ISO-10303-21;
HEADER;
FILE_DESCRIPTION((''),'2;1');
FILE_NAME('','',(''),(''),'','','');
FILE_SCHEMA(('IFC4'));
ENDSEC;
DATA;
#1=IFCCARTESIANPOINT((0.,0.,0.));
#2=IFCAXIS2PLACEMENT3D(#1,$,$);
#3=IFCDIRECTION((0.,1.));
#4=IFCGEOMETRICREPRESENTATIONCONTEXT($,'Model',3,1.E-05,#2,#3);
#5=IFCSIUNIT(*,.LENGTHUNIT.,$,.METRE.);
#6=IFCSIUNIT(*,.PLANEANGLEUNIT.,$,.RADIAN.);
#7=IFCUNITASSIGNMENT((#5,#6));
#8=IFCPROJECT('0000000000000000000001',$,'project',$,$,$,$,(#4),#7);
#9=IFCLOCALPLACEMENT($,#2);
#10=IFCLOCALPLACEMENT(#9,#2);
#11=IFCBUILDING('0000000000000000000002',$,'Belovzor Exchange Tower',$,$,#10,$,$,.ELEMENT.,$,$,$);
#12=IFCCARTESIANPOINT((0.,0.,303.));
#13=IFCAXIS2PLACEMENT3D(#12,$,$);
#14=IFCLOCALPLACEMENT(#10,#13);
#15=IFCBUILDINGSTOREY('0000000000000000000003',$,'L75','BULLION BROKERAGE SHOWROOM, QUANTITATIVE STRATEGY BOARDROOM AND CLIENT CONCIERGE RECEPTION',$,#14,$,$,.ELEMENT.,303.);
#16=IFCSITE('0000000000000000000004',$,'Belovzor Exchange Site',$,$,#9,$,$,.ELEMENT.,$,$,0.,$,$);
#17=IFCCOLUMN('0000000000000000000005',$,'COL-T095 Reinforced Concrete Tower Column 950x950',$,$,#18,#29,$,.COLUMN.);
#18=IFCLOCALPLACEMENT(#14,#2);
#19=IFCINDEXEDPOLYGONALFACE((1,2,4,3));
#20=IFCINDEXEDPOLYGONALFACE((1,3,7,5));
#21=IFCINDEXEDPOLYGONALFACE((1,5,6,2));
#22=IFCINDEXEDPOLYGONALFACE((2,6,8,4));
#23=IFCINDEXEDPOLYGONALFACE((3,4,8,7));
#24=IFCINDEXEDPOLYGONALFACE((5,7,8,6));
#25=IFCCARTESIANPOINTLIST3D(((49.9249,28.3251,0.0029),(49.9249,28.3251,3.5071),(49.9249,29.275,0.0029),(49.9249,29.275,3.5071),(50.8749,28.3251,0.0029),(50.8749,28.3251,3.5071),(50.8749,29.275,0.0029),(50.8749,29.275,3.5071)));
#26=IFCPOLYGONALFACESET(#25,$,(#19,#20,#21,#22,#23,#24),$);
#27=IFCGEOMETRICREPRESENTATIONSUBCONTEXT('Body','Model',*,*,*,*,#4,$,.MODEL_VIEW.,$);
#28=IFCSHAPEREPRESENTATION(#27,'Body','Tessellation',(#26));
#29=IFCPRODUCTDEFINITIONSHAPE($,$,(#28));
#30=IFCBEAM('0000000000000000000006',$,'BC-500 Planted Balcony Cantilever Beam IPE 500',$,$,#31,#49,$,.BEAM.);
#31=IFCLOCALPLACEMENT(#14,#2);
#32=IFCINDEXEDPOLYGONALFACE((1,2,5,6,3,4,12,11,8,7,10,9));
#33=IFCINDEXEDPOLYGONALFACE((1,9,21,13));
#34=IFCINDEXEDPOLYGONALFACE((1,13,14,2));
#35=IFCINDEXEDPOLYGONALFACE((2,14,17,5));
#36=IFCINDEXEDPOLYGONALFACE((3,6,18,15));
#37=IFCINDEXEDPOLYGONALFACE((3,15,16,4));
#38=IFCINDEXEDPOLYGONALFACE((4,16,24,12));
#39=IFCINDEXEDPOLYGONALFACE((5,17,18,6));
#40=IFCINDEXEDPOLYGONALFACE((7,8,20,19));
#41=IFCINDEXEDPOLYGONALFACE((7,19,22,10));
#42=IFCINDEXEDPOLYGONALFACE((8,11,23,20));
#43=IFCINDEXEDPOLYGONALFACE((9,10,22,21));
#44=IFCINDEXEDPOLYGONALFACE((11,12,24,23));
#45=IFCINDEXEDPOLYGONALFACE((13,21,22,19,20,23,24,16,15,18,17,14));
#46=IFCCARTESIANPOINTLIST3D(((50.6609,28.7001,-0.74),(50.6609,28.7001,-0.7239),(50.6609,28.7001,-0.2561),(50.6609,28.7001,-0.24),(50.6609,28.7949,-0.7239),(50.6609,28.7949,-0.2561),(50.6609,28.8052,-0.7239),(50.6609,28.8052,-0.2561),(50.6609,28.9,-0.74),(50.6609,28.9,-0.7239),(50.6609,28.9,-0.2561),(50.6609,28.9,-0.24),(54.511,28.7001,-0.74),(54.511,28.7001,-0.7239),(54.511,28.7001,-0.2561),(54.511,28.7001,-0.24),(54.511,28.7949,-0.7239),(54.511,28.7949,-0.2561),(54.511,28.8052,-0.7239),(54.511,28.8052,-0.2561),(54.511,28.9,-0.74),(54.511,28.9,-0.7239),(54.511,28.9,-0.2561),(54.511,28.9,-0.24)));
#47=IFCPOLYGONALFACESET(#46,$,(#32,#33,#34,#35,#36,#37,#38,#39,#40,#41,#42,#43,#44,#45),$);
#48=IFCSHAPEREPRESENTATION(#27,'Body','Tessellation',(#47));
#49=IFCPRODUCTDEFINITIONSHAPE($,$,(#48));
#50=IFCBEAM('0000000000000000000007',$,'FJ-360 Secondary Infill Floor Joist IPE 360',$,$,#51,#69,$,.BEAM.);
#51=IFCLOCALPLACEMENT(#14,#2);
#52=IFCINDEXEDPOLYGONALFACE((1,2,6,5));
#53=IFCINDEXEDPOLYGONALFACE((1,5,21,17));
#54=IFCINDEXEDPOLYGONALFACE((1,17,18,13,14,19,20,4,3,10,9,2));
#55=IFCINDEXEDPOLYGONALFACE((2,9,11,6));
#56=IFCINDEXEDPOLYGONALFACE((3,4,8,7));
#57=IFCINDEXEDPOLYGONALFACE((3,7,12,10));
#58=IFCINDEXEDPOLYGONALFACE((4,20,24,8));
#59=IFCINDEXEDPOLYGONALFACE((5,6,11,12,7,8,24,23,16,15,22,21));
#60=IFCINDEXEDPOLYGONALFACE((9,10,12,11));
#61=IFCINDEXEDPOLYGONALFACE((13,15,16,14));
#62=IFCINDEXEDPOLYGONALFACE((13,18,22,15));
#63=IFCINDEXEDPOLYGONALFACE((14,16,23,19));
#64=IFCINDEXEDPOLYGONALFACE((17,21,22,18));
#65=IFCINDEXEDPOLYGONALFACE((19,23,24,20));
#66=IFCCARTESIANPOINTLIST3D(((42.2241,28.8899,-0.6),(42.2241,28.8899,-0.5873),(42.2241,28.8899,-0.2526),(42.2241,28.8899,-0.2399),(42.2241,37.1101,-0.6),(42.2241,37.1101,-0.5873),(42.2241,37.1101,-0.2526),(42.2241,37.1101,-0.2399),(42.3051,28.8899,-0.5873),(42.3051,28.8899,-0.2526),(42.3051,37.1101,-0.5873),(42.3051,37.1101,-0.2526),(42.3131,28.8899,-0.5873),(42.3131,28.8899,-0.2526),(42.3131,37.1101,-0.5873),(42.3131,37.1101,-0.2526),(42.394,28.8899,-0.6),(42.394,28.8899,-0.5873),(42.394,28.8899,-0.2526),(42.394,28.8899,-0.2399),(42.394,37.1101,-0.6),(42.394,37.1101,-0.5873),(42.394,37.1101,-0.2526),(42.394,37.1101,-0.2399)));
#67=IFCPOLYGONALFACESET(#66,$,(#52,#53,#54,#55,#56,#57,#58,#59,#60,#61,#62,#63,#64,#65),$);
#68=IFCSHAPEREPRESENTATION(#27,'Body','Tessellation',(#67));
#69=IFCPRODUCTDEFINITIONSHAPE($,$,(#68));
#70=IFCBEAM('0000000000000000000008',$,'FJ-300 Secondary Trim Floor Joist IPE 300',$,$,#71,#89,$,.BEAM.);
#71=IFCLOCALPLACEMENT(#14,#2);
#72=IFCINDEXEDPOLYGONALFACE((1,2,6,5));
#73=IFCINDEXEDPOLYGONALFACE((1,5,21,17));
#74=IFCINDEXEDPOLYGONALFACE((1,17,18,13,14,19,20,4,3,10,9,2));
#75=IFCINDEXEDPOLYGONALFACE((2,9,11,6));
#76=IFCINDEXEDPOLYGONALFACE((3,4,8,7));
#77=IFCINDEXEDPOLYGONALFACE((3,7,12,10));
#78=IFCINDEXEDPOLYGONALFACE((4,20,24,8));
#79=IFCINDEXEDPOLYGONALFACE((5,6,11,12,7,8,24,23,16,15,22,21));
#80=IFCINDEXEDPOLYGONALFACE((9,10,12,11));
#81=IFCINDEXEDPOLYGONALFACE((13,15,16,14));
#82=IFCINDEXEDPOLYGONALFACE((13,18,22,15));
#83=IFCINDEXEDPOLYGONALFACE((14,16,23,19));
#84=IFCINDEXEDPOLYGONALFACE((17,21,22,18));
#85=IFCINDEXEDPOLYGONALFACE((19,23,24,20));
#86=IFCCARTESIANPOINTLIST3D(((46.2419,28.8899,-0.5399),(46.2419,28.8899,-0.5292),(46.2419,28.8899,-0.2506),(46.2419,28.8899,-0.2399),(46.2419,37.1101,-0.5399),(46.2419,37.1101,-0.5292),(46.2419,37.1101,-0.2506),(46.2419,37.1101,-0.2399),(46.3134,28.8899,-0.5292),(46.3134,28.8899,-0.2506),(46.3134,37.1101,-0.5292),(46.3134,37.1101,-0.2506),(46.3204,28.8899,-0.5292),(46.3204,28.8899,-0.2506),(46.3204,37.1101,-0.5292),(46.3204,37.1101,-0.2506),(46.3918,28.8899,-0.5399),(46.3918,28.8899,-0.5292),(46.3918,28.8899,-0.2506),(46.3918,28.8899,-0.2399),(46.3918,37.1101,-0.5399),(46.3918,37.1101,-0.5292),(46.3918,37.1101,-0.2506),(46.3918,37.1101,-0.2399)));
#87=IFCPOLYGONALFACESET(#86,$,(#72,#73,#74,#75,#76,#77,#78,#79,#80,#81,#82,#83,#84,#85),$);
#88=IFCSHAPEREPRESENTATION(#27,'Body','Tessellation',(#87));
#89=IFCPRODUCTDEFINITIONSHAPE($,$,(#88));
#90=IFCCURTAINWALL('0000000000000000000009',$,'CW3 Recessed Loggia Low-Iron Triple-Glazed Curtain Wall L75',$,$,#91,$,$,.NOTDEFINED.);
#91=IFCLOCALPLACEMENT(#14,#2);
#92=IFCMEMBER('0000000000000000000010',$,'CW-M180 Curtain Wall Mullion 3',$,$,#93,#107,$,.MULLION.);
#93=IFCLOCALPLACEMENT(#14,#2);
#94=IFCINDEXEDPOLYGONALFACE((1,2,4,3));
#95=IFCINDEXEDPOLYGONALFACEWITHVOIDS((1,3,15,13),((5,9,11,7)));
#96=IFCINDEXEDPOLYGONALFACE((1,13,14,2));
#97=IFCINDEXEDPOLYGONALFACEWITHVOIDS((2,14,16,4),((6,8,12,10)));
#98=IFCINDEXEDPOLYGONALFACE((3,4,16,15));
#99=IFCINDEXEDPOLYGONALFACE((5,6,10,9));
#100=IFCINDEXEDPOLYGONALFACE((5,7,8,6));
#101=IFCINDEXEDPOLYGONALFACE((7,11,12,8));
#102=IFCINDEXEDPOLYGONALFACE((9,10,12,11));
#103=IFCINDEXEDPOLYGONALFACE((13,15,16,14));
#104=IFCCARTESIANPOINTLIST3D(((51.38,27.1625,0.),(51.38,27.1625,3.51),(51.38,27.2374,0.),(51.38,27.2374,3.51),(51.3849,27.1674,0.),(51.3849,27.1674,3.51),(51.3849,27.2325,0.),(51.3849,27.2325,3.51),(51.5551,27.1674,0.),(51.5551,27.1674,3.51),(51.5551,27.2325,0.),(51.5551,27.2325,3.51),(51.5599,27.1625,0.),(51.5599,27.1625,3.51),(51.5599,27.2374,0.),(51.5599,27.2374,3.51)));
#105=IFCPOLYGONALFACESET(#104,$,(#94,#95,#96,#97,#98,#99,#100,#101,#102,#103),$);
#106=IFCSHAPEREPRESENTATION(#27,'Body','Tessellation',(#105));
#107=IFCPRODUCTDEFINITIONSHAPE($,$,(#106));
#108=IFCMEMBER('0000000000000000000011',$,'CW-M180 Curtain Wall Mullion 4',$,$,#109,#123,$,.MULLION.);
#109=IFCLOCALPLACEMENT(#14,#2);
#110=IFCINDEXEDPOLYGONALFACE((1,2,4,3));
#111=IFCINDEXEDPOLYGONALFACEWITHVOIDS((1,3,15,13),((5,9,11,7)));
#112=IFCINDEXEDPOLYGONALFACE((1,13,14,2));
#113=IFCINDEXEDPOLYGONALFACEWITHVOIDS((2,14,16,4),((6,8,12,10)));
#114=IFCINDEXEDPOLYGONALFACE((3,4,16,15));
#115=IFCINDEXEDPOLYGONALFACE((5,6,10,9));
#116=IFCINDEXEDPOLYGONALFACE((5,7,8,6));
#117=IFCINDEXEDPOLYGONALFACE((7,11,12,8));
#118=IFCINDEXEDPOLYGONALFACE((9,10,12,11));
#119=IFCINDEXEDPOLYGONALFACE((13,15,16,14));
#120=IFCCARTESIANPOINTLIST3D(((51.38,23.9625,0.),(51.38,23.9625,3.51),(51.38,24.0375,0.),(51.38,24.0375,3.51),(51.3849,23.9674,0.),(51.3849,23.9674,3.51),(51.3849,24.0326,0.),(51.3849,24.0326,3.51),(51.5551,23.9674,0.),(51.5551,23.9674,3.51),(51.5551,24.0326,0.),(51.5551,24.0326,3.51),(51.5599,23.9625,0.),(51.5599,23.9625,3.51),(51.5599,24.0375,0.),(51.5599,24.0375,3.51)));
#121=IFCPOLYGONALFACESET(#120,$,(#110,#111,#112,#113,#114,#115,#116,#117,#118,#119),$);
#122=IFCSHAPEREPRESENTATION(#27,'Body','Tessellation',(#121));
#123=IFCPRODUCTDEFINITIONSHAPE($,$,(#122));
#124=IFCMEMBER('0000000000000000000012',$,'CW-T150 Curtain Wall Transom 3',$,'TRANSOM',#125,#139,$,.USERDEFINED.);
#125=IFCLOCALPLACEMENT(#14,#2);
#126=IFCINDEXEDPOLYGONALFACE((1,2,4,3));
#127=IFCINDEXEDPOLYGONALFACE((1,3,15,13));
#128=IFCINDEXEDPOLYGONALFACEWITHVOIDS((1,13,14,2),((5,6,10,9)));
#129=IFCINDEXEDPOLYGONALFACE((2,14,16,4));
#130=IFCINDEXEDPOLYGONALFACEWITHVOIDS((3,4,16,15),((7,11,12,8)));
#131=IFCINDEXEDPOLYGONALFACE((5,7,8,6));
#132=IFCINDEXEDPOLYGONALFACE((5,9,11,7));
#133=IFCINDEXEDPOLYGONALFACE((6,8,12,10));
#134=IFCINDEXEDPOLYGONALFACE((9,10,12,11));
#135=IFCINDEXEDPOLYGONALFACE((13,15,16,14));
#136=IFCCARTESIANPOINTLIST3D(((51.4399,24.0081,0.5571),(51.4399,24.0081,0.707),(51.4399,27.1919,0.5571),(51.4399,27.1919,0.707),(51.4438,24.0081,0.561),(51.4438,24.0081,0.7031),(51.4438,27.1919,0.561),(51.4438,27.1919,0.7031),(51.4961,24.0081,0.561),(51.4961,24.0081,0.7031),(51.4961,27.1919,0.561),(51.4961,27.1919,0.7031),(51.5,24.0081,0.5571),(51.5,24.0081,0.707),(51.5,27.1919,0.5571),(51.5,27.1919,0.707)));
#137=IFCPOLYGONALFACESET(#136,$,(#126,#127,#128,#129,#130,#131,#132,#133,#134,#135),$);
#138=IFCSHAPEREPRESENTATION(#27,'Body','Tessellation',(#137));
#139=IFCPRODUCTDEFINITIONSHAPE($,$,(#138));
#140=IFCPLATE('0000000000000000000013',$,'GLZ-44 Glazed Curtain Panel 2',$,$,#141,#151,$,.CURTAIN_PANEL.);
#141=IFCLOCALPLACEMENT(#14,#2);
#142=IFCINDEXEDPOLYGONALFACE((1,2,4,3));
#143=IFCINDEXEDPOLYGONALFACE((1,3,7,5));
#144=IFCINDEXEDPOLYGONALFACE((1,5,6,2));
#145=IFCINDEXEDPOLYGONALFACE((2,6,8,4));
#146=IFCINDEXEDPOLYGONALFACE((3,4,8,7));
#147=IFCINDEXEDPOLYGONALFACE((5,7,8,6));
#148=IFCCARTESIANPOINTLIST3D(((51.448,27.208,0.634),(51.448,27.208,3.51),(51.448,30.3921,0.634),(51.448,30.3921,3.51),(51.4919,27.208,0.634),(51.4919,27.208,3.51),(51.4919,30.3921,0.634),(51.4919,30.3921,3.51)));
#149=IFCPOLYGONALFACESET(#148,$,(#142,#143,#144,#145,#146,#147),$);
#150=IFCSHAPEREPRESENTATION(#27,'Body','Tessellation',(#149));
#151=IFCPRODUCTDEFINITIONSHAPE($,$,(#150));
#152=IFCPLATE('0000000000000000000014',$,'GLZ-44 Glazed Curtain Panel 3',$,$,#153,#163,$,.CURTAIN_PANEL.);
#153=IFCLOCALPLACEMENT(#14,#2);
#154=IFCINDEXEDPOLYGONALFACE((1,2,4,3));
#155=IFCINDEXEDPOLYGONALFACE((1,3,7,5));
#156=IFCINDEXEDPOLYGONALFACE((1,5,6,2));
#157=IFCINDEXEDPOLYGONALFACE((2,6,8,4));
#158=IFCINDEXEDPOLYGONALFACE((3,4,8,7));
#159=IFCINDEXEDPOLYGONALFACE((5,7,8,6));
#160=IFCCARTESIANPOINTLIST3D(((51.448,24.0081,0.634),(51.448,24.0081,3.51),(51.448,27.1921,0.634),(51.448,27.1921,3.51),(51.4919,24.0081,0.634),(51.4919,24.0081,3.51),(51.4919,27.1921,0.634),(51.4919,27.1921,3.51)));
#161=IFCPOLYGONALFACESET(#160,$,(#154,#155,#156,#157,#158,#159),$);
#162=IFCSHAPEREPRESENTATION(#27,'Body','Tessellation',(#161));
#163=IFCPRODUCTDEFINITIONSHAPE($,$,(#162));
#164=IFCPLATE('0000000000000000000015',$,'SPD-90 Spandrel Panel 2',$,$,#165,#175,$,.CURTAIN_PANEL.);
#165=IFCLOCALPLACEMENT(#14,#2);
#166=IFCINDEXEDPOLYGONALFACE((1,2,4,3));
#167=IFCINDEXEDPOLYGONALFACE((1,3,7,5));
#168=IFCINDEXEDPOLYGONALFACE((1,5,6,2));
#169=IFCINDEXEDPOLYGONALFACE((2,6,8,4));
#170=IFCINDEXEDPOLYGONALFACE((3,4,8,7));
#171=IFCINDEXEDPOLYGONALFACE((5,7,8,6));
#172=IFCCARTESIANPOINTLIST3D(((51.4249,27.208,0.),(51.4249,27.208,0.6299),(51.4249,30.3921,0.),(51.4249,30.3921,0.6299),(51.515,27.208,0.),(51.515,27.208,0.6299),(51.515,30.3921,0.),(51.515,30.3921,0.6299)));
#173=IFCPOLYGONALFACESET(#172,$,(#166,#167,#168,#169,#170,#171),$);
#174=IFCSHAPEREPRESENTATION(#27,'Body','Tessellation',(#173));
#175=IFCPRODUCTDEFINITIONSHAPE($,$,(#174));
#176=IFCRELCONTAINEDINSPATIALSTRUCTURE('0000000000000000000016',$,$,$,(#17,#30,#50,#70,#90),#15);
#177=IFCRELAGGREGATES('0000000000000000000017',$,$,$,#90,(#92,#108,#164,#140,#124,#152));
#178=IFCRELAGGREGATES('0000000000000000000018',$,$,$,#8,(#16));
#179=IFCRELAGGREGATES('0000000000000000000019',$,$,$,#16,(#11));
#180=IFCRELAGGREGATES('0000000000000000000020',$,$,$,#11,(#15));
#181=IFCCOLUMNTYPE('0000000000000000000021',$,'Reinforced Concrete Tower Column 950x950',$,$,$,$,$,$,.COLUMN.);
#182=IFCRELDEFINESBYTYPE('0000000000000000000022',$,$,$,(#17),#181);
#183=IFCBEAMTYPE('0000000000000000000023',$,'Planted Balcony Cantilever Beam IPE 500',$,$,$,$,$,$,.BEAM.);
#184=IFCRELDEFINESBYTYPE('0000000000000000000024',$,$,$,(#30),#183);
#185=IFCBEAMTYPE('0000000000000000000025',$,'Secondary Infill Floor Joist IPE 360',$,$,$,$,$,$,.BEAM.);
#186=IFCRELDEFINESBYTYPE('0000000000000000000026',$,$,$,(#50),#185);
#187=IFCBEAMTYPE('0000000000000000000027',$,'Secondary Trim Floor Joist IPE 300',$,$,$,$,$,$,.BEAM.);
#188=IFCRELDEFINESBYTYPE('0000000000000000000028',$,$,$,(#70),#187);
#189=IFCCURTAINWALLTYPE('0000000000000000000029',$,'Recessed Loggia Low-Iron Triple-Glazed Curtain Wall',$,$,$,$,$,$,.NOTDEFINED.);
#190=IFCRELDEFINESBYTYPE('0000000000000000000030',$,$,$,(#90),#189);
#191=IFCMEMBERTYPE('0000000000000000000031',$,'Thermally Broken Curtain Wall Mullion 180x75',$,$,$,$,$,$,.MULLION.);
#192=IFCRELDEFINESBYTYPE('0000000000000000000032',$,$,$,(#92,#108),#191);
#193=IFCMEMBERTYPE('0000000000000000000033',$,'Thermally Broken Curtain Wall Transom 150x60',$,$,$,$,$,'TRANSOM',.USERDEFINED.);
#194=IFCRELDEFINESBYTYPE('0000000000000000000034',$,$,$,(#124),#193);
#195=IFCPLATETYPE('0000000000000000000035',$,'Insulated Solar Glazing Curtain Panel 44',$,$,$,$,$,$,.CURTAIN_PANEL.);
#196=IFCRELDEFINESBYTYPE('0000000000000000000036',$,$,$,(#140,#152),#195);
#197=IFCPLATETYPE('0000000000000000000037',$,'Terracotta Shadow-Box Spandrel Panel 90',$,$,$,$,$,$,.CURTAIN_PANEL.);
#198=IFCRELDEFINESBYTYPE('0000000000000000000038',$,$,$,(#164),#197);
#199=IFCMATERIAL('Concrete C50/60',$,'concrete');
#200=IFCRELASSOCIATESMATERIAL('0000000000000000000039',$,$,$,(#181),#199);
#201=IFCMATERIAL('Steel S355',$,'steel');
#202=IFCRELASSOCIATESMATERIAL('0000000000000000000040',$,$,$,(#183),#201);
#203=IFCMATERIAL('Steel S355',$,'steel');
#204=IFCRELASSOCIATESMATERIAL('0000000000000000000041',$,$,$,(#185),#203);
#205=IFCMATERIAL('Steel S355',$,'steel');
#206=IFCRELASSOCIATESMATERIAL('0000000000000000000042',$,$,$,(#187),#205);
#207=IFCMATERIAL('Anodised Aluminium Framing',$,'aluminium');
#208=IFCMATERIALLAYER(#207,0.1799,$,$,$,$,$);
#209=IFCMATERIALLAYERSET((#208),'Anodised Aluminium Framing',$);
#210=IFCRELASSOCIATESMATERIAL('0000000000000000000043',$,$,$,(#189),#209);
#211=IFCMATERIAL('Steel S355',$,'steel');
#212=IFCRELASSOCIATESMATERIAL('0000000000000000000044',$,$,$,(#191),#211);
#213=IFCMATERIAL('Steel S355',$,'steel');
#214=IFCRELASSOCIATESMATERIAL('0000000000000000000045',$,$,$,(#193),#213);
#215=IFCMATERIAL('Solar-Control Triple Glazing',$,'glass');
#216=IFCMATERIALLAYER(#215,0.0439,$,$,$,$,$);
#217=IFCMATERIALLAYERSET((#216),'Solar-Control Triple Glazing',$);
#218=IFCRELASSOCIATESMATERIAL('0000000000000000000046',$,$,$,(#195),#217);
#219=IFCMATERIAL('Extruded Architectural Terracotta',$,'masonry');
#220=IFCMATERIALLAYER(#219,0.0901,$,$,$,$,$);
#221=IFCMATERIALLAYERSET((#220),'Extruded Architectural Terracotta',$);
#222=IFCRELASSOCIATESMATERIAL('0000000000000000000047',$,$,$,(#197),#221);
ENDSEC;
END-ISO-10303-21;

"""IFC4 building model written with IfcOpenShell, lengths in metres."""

from ifc_helpers import new_model, si_unit, direction, frame, origin, origin_2d, place, context, subcontext, project, spatial, rectangle, hollow_rectangle, i_section, extrude, material, layer, layer_set, material_profile, profile_set, type_object, element, aggregate, save


model = new_model("IFC4")

# Units and contexts
model_context = context("Model", 3, precision=1e-05, world=origin(), true_north=direction((0.0, 1.0)))
body_context = subcontext(model_context, "Body", "Model", "MODEL_VIEW")
ifc_project = project(units=[si_unit("LENGTHUNIT", "METRE"), si_unit("PLANEANGLEUNIT", "RADIAN")], contexts=[model_context])

# Site, building, storey
site_placement = place(None, origin())
site = spatial("IfcSite", under=ifc_project, at=site_placement, Name="Belovzor Exchange Site", CompositionType="ELEMENT", RefElevation=0.0)
building_placement = place(site_placement, origin())
building = spatial("IfcBuilding", under=site, at=building_placement, Name="Belovzor Exchange Tower", CompositionType="ELEMENT")
storey_placement = place(building_placement, frame((0.0, 0.0, 303.0)))
storey = spatial("IfcBuildingStorey", under=building, at=storey_placement, Name="L75", Description="BULLION BROKERAGE SHOWROOM, QUANTITATIVE STRATEGY BOARDROOM AND CLIENT CONCIERGE RECEPTION", CompositionType="ELEMENT", Elevation=303.0)

# Column
ifc_material_1 = material(Name="Concrete C50/60", Category="concrete")
ifc_material_profile_1 = material_profile(ifc_material_1, rectangle(XDim=0.95, YDim=0.95, at=origin_2d()))
ifc_profile_set_1 = profile_set([ifc_material_profile_1], Name="Concrete C50/60")
column_type = type_object("IfcColumnType", Name="Reinforced Concrete Tower Column 950x950", PredefinedType="COLUMN", material=ifc_profile_set_1)
column_placement = place(storey_placement, frame((50.3999, 28.8, 0.0029), z_axis=(0.0, 0.0, 1.0), x_axis=(1.0, 0.0, 0.0)))
element("IfcColumn", 1, at=column_placement, inside=storey, type_object=column_type, Name="COL-T095 Reinforced Concrete Tower Column 950x950", PredefinedType="COLUMN", context=body_context, shape_type="SweptSolid", body=[
    extrude(rectangle(XDim=0.95, YDim=0.95, at=origin_2d()), origin(), (0.0, 0.0, 1.0), 3.5042),
])

# Beams
ifc_material_2 = material(Name="Steel S355", Category="steel")
ifc_material_profile_2 = material_profile(ifc_material_2, i_section(OverallWidth=0.2, OverallDepth=0.5, WebThickness=0.0103, FlangeThickness=0.0161, at=origin_2d()))
ifc_profile_set_2 = profile_set([ifc_material_profile_2], Name="Steel S355")
beam_type_1 = type_object("IfcBeamType", Name="Planted Balcony Cantilever Beam IPE 500", PredefinedType="BEAM", material=ifc_profile_set_2)
beam_1_placement = place(storey_placement, frame((50.6609, 28.8, -0.49), z_axis=(1.0, 0.0, 0.0), x_axis=(0.0, 1.0, 0.0)))
element("IfcBeam", 2, at=beam_1_placement, inside=storey, type_object=beam_type_1, Name="BC-500 Planted Balcony Cantilever Beam IPE 500", PredefinedType="BEAM", context=body_context, shape_type="SweptSolid", body=[
    extrude(i_section(OverallWidth=0.2, OverallDepth=0.5, WebThickness=0.0103, FlangeThickness=0.0161, at=origin_2d()), origin(), (0.0, 0.0, 1.0), 3.8501),
])
ifc_material_3 = material(Name="Steel S355", Category="steel")
ifc_material_profile_3 = material_profile(ifc_material_3, i_section(OverallWidth=0.1699, OverallDepth=0.3601, WebThickness=0.0081, FlangeThickness=0.0127, at=origin_2d()))
ifc_profile_set_3 = profile_set([ifc_material_profile_3], Name="Steel S355")
beam_type_2 = type_object("IfcBeamType", Name="Secondary Infill Floor Joist IPE 360", PredefinedType="BEAM", material=ifc_profile_set_3)
beam_2_placement = place(storey_placement, frame((42.3091, 28.8899, -0.4199), z_axis=(0.0, 1.0, 0.0), x_axis=(-1.0, 0.0, 0.0)))
element("IfcBeam", 3, at=beam_2_placement, inside=storey, type_object=beam_type_2, Name="FJ-360 Secondary Infill Floor Joist IPE 360", PredefinedType="BEAM", context=body_context, shape_type="SweptSolid", body=[
    extrude(i_section(OverallWidth=0.1699, OverallDepth=0.3601, WebThickness=0.0081, FlangeThickness=0.0127, at=origin_2d()), origin(), (0.0, 0.0, 1.0), 8.2202),
])
ifc_material_4 = material(Name="Steel S355", Category="steel")
ifc_material_profile_4 = material_profile(ifc_material_4, i_section(OverallWidth=0.1499, OverallDepth=0.3, WebThickness=0.0071, FlangeThickness=0.0107, at=origin_2d()))
ifc_profile_set_4 = profile_set([ifc_material_profile_4], Name="Steel S355")
beam_type_3 = type_object("IfcBeamType", Name="Secondary Trim Floor Joist IPE 300", PredefinedType="BEAM", material=ifc_profile_set_4)
beam_3_placement = place(storey_placement, frame((46.3169, 28.8899, -0.3899), z_axis=(0.0, 1.0, 0.0), x_axis=(-1.0, 0.0, 0.0)))
element("IfcBeam", 4, at=beam_3_placement, inside=storey, type_object=beam_type_3, Name="FJ-300 Secondary Trim Floor Joist IPE 300", PredefinedType="BEAM", context=body_context, shape_type="SweptSolid", body=[
    extrude(i_section(OverallWidth=0.1499, OverallDepth=0.3, WebThickness=0.0071, FlangeThickness=0.0107, at=origin_2d()), origin(), (0.0, 0.0, 1.0), 8.2202),
])

# Curtain wall, members, plates
ifc_material_5 = material(Name="Anodised Aluminium Framing", Category="aluminium")
ifc_layer_1 = layer(ifc_material_5, 0.1799)
ifc_layer_set_1 = layer_set([ifc_layer_1], Name="Anodised Aluminium Framing")
curtain_wall_type = type_object("IfcCurtainWallType", Name="Recessed Loggia Low-Iron Triple-Glazed Curtain Wall", PredefinedType="NOTDEFINED", material=ifc_layer_set_1)
curtain_wall_placement = place(storey_placement, origin())
curtain_wall = element("IfcCurtainWall", 5, at=curtain_wall_placement, inside=storey, type_object=curtain_wall_type, Name="CW3 Recessed Loggia Low-Iron Triple-Glazed Curtain Wall L75", PredefinedType="NOTDEFINED")
ifc_material_6 = material(Name="Steel S355", Category="steel")
ifc_material_profile_5 = material_profile(ifc_material_6, hollow_rectangle(XDim=0.075, YDim=0.1799, WallThickness=0.0049, at=origin_2d()))
ifc_profile_set_5 = profile_set([ifc_material_profile_5], Name="Steel S355")
member_type_1 = type_object("IfcMemberType", Name="Thermally Broken Curtain Wall Mullion 180x75", PredefinedType="MULLION", material=ifc_profile_set_5)
member_1_placement = place(storey_placement, frame((51.47, 27.2, 0.0), z_axis=(0.0, 0.0, 1.0), x_axis=(0.0, -1.0, 0.0)))
member_1 = element("IfcMember", 6, at=member_1_placement, type_object=member_type_1, Name="CW-M180 Curtain Wall Mullion 3", PredefinedType="MULLION", context=body_context, shape_type="SweptSolid", body=[
    extrude(hollow_rectangle(XDim=0.075, YDim=0.1799, WallThickness=0.0049, at=origin_2d()), origin(), (0.0, 0.0, 1.0), 3.51),
])
member_2_placement = place(storey_placement, frame((51.47, 24.0, 0.0), z_axis=(0.0, 0.0, 1.0), x_axis=(0.0, -1.0, 0.0)))
member_2 = element("IfcMember", 7, at=member_2_placement, type_object=member_type_1, Name="CW-M180 Curtain Wall Mullion 4", PredefinedType="MULLION", context=body_context, shape_type="SweptSolid", body=[
    extrude(hollow_rectangle(XDim=0.075, YDim=0.1799, WallThickness=0.0049, at=origin_2d()), origin(), (0.0, 0.0, 1.0), 3.51),
])
ifc_material_7 = material(Name="Steel S355", Category="steel")
ifc_material_profile_6 = material_profile(ifc_material_7, hollow_rectangle(XDim=0.0601, YDim=0.1499, WallThickness=0.0039, at=origin_2d()))
ifc_profile_set_6 = profile_set([ifc_material_profile_6], Name="Steel S355")
member_type_2 = type_object("IfcMemberType", Name="Thermally Broken Curtain Wall Transom 150x60", ElementType="TRANSOM", PredefinedType="USERDEFINED", material=ifc_profile_set_6)
member_3_placement = place(storey_placement, frame((51.47, 27.1919, 0.6321), z_axis=(0.0, -1.0, 0.0), x_axis=(1.0, 0.0, 0.0)))
member_3 = element("IfcMember", 8, at=member_3_placement, type_object=member_type_2, Name="CW-T150 Curtain Wall Transom 3", ObjectType="TRANSOM", PredefinedType="USERDEFINED", context=body_context, shape_type="SweptSolid", body=[
    extrude(hollow_rectangle(XDim=0.0601, YDim=0.1499, WallThickness=0.0039, at=origin_2d()), origin(), (0.0, 0.0, 1.0), 3.1838),
])
ifc_material_8 = material(Name="Solar-Control Triple Glazing", Category="glass")
ifc_layer_2 = layer(ifc_material_8, 0.0439)
ifc_layer_set_2 = layer_set([ifc_layer_2], Name="Solar-Control Triple Glazing")
plate_type_1 = type_object("IfcPlateType", Name="Insulated Solar Glazing Curtain Panel 44", PredefinedType="CURTAIN_PANEL", material=ifc_layer_set_2)
plate_1_placement = place(storey_placement, frame((51.47, 28.8, 0.634), z_axis=(0.0, 0.0, 1.0), x_axis=(0.0, -1.0, 0.0)))
plate_1 = element("IfcPlate", 9, at=plate_1_placement, type_object=plate_type_1, Name="GLZ-44 Glazed Curtain Panel 2", PredefinedType="CURTAIN_PANEL", context=body_context, shape_type="SweptSolid", body=[
    extrude(rectangle(XDim=3.1841, YDim=0.0439, at=origin_2d()), origin(), (0.0, 0.0, 1.0), 2.876),
])
plate_2_placement = place(storey_placement, frame((51.47, 25.6001, 0.634), z_axis=(0.0, 0.0, 1.0), x_axis=(0.0, -1.0, 0.0)))
plate_2 = element("IfcPlate", 10, at=plate_2_placement, type_object=plate_type_1, Name="GLZ-44 Glazed Curtain Panel 3", PredefinedType="CURTAIN_PANEL", context=body_context, shape_type="SweptSolid", body=[
    extrude(rectangle(XDim=3.1841, YDim=0.0439, at=origin_2d()), origin(), (0.0, 0.0, 1.0), 2.876),
])
ifc_material_9 = material(Name="Extruded Architectural Terracotta", Category="masonry")
ifc_layer_3 = layer(ifc_material_9, 0.0901)
ifc_layer_set_3 = layer_set([ifc_layer_3], Name="Extruded Architectural Terracotta")
plate_type_2 = type_object("IfcPlateType", Name="Terracotta Shadow-Box Spandrel Panel 90", PredefinedType="CURTAIN_PANEL", material=ifc_layer_set_3)
plate_3_placement = place(storey_placement, frame((51.47, 28.8, 0.0), z_axis=(0.0, 0.0, 1.0), x_axis=(0.0, -1.0, 0.0)))
plate_3 = element("IfcPlate", 11, at=plate_3_placement, type_object=plate_type_2, Name="SPD-90 Spandrel Panel 2", PredefinedType="CURTAIN_PANEL", context=body_context, shape_type="SweptSolid", body=[
    extrude(rectangle(XDim=3.1841, YDim=0.0901, at=origin_2d()), origin(), (0.0, 0.0, 1.0), 0.6299),
])
aggregate(curtain_wall, [member_1, member_2, plate_3, plate_1, member_3, plate_2])

save(model, "model.ifc")
